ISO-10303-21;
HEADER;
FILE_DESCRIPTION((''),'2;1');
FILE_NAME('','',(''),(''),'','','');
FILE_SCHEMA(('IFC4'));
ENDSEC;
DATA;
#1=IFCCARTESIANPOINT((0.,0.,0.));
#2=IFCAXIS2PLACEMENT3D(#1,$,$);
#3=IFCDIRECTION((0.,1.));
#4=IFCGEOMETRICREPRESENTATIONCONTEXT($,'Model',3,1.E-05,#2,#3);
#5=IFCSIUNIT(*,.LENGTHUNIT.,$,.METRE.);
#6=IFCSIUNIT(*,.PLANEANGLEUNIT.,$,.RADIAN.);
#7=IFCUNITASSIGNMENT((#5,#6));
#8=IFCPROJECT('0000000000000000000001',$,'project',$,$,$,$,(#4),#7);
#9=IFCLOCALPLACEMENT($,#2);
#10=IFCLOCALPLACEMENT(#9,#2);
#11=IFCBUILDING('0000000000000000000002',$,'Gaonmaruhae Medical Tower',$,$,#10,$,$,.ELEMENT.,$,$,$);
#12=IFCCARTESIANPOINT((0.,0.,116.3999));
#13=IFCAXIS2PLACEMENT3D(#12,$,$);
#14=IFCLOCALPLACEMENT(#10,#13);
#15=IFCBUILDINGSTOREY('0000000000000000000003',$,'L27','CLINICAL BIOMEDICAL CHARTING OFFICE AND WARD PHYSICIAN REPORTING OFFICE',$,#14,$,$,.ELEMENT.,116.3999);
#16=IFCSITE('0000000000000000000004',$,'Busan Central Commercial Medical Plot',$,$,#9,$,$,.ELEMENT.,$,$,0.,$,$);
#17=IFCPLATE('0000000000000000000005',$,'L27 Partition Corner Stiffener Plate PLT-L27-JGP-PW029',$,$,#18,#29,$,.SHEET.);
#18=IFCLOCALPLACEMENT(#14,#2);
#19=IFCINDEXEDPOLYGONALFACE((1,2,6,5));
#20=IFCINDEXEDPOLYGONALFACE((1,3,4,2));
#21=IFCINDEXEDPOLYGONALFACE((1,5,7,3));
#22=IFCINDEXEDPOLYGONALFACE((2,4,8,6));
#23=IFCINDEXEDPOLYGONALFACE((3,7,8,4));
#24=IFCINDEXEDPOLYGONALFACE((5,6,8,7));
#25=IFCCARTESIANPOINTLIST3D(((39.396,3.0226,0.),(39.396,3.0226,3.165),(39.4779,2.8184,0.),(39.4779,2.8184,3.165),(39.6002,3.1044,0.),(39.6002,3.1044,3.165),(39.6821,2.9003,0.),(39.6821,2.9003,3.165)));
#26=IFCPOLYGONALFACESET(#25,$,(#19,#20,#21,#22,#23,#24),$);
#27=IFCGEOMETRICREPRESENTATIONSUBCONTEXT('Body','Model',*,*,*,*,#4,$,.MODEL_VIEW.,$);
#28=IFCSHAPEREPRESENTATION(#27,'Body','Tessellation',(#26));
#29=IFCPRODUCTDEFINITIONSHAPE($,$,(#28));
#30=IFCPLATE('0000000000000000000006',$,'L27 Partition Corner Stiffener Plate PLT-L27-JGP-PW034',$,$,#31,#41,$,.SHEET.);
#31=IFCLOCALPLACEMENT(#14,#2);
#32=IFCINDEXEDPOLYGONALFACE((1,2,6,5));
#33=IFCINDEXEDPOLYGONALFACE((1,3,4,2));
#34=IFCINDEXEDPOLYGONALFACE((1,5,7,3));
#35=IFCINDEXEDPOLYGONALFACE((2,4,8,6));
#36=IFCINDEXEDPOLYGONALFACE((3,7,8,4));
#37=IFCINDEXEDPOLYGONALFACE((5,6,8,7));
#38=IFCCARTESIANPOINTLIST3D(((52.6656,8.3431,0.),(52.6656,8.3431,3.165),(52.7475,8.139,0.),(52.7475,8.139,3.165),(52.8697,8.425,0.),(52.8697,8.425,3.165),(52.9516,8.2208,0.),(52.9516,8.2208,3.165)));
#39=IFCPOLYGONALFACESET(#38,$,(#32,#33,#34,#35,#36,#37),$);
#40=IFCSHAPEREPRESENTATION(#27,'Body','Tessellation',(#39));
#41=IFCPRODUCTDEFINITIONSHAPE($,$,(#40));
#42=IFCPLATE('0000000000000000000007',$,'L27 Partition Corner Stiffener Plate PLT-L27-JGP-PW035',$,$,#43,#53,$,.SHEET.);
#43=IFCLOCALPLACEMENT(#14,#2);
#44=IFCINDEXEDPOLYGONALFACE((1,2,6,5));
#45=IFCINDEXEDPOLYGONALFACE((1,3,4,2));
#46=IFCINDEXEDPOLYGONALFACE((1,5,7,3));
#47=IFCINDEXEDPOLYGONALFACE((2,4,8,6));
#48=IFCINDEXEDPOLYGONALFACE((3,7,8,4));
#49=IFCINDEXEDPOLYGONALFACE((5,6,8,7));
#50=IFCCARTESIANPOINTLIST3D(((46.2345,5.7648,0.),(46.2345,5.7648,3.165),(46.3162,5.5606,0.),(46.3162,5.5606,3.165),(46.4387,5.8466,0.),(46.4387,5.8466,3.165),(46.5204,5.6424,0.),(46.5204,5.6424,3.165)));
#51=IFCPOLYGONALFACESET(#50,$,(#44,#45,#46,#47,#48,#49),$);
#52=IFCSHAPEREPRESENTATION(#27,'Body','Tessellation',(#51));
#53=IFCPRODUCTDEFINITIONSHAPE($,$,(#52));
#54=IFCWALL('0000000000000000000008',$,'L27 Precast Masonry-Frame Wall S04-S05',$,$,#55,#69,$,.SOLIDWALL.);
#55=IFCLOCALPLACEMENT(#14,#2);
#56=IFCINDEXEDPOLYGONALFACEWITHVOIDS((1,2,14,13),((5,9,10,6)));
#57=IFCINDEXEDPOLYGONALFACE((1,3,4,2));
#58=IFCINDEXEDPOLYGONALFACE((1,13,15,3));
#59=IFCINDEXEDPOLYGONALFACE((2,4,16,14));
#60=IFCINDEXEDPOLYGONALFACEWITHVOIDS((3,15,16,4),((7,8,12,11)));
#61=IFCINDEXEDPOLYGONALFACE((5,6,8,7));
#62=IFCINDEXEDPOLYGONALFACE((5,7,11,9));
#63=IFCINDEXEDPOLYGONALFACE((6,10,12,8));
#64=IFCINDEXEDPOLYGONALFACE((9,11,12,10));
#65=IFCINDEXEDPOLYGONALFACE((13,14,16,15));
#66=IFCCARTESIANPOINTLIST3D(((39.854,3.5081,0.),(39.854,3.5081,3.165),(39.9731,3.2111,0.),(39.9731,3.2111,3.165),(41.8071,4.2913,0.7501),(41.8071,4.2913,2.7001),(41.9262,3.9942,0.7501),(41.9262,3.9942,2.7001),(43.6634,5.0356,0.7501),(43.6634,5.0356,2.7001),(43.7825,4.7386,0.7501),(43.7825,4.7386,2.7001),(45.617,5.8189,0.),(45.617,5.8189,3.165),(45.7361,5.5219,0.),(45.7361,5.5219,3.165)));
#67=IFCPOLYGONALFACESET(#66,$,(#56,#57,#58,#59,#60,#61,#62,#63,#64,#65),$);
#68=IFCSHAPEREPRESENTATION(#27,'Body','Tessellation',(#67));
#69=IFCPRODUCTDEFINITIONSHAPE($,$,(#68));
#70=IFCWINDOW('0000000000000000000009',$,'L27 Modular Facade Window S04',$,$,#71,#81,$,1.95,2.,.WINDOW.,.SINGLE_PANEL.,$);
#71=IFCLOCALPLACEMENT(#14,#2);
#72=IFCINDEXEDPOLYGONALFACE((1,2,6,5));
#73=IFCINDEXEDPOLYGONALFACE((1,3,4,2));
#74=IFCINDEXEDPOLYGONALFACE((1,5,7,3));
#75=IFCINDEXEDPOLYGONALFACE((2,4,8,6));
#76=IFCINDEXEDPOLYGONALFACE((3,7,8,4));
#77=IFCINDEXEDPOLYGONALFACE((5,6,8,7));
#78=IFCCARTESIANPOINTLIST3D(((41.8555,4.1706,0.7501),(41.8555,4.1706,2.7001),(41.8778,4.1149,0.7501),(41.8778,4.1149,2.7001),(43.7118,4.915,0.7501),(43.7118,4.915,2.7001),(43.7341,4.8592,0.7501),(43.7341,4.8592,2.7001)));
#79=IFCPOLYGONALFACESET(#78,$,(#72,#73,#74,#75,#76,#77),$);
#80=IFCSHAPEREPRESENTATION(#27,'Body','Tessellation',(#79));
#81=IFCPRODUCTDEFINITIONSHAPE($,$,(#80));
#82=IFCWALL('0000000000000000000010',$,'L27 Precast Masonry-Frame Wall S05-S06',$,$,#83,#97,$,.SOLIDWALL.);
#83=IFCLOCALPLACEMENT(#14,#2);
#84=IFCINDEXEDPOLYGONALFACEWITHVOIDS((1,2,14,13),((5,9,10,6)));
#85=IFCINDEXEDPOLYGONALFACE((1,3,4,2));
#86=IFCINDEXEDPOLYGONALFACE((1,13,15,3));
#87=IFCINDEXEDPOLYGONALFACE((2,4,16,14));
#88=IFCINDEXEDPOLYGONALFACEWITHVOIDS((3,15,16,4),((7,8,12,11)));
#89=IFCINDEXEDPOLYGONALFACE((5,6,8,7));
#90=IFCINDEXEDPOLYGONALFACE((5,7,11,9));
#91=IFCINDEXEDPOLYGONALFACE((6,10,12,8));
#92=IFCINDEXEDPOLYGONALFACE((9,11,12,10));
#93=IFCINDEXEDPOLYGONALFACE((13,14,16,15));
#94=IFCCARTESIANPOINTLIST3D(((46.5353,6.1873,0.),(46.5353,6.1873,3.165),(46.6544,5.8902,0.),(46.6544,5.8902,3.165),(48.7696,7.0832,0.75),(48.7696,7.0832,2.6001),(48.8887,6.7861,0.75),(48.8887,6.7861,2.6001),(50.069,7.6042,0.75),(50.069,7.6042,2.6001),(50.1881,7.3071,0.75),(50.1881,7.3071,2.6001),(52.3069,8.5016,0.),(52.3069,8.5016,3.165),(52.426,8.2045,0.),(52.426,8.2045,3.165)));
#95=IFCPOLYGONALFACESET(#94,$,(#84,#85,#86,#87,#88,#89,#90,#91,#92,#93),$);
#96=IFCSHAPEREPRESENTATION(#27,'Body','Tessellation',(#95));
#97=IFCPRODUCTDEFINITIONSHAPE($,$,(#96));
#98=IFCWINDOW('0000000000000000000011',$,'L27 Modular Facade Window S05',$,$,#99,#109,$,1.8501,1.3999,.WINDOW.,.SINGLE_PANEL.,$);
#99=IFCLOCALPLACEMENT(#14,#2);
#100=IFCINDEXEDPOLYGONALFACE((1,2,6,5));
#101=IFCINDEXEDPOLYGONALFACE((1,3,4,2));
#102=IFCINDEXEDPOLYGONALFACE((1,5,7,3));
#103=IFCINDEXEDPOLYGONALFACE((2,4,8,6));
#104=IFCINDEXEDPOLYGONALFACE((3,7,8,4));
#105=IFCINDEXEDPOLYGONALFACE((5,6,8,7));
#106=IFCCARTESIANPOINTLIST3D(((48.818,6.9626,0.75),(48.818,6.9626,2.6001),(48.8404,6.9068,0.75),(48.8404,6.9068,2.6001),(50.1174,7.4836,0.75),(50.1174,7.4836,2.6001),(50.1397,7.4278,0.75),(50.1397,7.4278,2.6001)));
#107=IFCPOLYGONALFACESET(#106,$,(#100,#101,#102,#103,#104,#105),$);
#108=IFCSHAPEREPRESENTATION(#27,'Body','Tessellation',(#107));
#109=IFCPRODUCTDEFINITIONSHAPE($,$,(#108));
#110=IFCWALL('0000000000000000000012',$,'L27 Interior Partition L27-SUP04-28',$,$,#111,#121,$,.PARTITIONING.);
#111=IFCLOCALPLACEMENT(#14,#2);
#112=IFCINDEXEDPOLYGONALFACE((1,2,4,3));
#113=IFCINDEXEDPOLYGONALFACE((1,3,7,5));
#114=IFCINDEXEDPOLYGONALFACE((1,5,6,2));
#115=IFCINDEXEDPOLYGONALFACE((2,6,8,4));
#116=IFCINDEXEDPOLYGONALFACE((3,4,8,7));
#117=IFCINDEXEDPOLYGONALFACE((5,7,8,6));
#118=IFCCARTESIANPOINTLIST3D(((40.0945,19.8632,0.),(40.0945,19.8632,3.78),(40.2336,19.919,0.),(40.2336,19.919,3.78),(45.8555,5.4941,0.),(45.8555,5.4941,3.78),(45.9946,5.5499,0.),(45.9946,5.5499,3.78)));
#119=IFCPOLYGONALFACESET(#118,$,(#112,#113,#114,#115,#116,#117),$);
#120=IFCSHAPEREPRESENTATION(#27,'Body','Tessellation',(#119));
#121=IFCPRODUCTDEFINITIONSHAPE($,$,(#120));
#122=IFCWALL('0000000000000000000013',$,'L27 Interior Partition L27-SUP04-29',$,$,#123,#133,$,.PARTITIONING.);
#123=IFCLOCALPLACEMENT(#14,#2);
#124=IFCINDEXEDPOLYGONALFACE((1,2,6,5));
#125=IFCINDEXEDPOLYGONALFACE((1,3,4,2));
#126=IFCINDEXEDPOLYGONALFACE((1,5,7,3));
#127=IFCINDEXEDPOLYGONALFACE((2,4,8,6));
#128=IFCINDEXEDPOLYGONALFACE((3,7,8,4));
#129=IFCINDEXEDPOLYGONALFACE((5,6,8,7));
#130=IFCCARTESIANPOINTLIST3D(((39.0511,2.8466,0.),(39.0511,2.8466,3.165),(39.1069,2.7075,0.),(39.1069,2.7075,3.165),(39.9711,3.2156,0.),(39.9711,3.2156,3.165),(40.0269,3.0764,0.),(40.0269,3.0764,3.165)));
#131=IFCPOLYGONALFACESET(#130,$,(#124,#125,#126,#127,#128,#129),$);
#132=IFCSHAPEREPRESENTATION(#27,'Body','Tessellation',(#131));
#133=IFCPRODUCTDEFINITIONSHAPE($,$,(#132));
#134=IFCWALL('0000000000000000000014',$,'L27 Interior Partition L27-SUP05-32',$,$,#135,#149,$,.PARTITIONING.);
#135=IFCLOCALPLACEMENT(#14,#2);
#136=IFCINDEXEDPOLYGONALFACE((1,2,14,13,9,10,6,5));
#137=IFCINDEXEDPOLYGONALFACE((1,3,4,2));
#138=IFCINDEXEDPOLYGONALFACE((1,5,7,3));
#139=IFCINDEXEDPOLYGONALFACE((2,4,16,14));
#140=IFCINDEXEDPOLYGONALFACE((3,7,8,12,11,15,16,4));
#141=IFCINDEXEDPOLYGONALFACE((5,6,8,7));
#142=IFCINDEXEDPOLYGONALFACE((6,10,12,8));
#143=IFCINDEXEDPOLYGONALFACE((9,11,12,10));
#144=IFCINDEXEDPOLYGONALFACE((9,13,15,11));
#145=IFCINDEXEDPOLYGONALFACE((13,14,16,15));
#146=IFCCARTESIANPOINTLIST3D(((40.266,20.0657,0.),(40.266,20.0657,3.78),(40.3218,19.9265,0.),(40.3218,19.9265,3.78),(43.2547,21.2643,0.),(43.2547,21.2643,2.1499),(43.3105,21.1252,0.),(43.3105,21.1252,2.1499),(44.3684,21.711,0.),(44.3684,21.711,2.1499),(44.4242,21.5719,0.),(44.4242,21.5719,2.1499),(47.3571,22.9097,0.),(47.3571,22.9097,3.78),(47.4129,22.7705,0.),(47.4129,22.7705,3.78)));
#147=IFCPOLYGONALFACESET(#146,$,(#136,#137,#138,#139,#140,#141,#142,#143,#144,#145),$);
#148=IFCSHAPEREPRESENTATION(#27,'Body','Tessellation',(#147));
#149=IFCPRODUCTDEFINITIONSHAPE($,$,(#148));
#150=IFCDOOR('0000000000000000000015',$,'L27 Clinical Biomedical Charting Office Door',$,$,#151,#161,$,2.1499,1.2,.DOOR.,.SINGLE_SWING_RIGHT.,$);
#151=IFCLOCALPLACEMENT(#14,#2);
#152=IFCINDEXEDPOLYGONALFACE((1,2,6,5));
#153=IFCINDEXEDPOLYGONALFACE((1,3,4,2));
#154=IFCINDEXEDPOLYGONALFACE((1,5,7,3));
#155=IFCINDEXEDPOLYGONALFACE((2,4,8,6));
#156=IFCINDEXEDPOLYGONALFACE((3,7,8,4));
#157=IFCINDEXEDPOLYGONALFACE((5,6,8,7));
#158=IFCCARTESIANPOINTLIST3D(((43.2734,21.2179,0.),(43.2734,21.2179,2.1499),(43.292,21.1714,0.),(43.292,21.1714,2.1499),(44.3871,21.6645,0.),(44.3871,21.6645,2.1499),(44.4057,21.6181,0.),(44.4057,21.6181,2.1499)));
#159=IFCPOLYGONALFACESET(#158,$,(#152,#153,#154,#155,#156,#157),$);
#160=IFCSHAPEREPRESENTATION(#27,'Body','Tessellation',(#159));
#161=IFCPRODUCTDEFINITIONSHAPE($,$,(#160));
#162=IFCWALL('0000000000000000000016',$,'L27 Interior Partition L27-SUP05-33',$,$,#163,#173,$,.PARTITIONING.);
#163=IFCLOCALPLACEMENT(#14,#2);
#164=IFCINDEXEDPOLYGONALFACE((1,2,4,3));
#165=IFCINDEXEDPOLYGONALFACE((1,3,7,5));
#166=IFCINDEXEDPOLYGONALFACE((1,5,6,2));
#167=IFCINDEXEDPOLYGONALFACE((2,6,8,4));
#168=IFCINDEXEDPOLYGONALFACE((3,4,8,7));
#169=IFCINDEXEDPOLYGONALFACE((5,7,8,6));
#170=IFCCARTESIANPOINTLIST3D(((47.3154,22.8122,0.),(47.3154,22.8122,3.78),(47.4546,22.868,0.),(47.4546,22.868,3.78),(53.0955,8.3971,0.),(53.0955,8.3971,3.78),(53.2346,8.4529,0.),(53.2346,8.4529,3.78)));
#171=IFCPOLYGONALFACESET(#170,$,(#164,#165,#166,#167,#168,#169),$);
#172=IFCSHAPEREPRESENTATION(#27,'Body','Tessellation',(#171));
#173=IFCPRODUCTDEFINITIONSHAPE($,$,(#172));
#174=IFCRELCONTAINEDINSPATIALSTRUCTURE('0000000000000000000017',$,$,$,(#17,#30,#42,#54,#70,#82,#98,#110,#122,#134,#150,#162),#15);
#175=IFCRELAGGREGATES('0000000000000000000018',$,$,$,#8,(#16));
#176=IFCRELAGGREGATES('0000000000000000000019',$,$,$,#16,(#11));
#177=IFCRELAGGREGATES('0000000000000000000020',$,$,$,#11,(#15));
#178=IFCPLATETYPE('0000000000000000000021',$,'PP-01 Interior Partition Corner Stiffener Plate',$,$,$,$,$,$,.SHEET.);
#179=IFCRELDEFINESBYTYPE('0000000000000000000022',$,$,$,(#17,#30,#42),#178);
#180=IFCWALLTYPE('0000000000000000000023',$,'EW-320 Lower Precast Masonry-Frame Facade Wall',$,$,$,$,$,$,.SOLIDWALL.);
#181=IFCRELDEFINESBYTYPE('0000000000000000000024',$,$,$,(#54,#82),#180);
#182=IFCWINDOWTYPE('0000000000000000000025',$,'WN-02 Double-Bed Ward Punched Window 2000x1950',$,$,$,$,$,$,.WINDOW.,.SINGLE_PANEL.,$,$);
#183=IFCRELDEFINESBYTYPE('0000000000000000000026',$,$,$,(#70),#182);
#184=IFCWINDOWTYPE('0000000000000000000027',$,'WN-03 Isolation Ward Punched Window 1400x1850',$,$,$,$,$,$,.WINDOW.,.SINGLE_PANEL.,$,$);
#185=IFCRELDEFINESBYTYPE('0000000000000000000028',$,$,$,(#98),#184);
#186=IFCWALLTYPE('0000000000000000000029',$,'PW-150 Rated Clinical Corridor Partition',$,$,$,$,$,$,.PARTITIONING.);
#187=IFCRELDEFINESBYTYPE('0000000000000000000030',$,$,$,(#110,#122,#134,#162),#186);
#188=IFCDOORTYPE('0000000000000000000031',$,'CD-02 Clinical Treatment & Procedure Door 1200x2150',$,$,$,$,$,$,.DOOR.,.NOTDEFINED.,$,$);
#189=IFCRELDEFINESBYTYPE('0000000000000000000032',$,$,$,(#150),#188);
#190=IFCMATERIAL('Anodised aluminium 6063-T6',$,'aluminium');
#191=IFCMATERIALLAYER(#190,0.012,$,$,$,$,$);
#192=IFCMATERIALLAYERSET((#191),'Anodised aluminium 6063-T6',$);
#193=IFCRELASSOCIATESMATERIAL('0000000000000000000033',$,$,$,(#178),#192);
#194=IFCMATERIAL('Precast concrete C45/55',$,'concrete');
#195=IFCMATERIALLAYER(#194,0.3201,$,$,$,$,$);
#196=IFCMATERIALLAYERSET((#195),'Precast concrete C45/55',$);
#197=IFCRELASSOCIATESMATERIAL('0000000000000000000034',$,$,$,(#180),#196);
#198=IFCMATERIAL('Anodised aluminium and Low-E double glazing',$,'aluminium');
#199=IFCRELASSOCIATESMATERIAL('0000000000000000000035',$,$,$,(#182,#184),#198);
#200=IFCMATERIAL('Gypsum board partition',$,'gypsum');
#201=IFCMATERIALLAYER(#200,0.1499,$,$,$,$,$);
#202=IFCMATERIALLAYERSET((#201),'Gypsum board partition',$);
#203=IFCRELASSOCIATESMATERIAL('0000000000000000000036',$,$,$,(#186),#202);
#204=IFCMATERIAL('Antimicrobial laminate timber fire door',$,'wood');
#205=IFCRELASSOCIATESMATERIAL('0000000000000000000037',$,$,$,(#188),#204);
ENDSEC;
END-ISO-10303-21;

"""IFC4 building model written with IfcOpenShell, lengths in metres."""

from ifc_helpers import new_model, si_unit, direction, frame, frame_2d, origin, origin_2d, place, context, subcontext, project, spatial, rectangle, extrude, material, layer, layer_set, type_object, element, fill, save


model = new_model("IFC4")

# Units and contexts
model_context = context("Model", 3, precision=1e-05, world=origin(), true_north=direction((0.0, 1.0)))
body_context = subcontext(model_context, "Body", "Model", "MODEL_VIEW")
ifc_project = project(units=[si_unit("LENGTHUNIT", "METRE"), si_unit("PLANEANGLEUNIT", "RADIAN")], contexts=[model_context])

# Site, building, storey
site_placement = place(None, origin())
site = spatial("IfcSite", under=ifc_project, at=site_placement, Name="Busan Central Commercial Medical Plot", CompositionType="ELEMENT", RefElevation=0.0)
building_placement = place(site_placement, origin())
building = spatial("IfcBuilding", under=site, at=building_placement, Name="Gaonmaruhae Medical Tower", CompositionType="ELEMENT")
storey_placement = place(building_placement, frame((0.0, 0.0, 116.3999)))
storey = spatial("IfcBuildingStorey", under=building, at=storey_placement, Name="L27", Description="CLINICAL BIOMEDICAL CHARTING OFFICE AND WARD PHYSICIAN REPORTING OFFICE", CompositionType="ELEMENT", Elevation=116.3999)

# Plates
ifc_material_1 = material(Name="Anodised aluminium 6063-T6", Category="aluminium")
ifc_layer_1 = layer(ifc_material_1, 0.012)
ifc_layer_set_1 = layer_set([ifc_layer_1], Name="Anodised aluminium 6063-T6")
plate_type = type_object("IfcPlateType", Name="PP-01 Interior Partition Corner Stiffener Plate", PredefinedType="SHEET", material=ifc_layer_set_1)
for number, where, z_axis, x_axis, name in (
    (1, (39.5391, 2.9614, 0.0), (0.0, 0.0, 1.0), (-0.928129, -0.372259, 0.0), "L27 Partition Corner Stiffener Plate PLT-L27-JGP-PW029"),
    (2, (52.8086, 8.282, 0.0), (0.0, 0.0, 1.0), (-0.928116, -0.372291, 0.0), "L27 Partition Corner Stiffener Plate PLT-L27-JGP-PW034"),
    (3, (46.3774, 5.7036, 0.0), (0.0, 0.0, 1.0), (-0.928369, -0.37166, 0.0), "L27 Partition Corner Stiffener Plate PLT-L27-JGP-PW035"),
):
    element("IfcPlate", number, at=place(storey_placement, frame(where, z_axis=z_axis, x_axis=x_axis)), inside=storey, type_object=plate_type, Name=name, PredefinedType="SHEET", context=body_context, shape_type="SweptSolid", body=[
        extrude(rectangle(XDim=0.22, YDim=0.22, at=origin_2d()), origin(), (0.0, 0.0, 1.0), 3.165),
    ])

# Walls, openings, windows
ifc_material_2 = material(Name="Precast concrete C45/55", Category="concrete")
ifc_layer_2 = layer(ifc_material_2, 0.3201)
ifc_layer_set_2 = layer_set([ifc_layer_2], Name="Precast concrete C45/55")
wall_type_1 = type_object("IfcWallType", Name="EW-320 Lower Precast Masonry-Frame Facade Wall", PredefinedType="SOLIDWALL", material=ifc_layer_set_2)
wall_1_placement = place(storey_placement, frame((45.6765, 5.6704, 0.0), z_axis=(0.0, 0.0, 1.0), x_axis=(-0.928165, -0.37217, 0.0)))
wall_1 = element("IfcWall", 4, at=wall_1_placement, inside=storey, type_object=wall_type_1, Name="L27 Precast Masonry-Frame Wall S04-S05", PredefinedType="SOLIDWALL", context=body_context, shape_type="SweptSolid", body=[
    extrude(rectangle(XDim=6.209, YDim=0.3201, at=frame_2d((3.1045, 0.0))), origin(), (0.0, 0.0, 1.0), 3.165),
])
opening_1_placement = place(wall_1_placement, frame((2.1047, 0.0, 0.75)))
opening_1 = element("IfcOpeningElement", 5, at=opening_1_placement, cuts=wall_1, PredefinedType="OPENING", context=body_context, shape_type="SweptSolid", body=[
    extrude(rectangle(XDim=2.0, YDim=1.95, at=frame_2d((1.0, 0.9751))), frame((0.0, 0.1699, 0.0), z_axis=(0.0, -1.0, 0.0), x_axis=(1.0, 0.0, 0.0)), (0.0, 0.0, 1.0), 0.3401),
])
ifc_material_3 = material(Name="Anodised aluminium and Low-E double glazing", Category="aluminium")
window_type_1 = type_object("IfcWindowType", Name="WN-02 Double-Bed Ward Punched Window 2000x1950", PartitioningType="SINGLE_PANEL", PredefinedType="WINDOW", material=ifc_material_3)
window_1_placement = place(opening_1_placement, origin())
window_1 = element("IfcWindow", 6, at=window_1_placement, inside=storey, type_object=window_type_1, Name="L27 Modular Facade Window S04", OverallHeight=1.95, OverallWidth=2.0, PartitioningType="SINGLE_PANEL", PredefinedType="WINDOW", context=body_context, shape_type="SweptSolid", body=[
    extrude(rectangle(XDim=2.0, YDim=1.95, at=frame_2d((1.0, 0.9751))), frame((0.0, 0.03, 0.0), z_axis=(0.0, -1.0, 0.0), x_axis=(1.0, 0.0, 0.0)), (0.0, 0.0, 1.0), 0.0601),
])
fill(opening_1, window_1)
wall_2_placement = place(storey_placement, frame((52.3665, 8.353, 0.0), z_axis=(0.0, 0.0, 1.0), x_axis=(-0.928165, -0.372169, 0.0)))
wall_2 = element("IfcWall", 7, at=wall_2_placement, inside=storey, type_object=wall_type_1, Name="L27 Precast Masonry-Frame Wall S05-S06", PredefinedType="SOLIDWALL", context=body_context, shape_type="SweptSolid", body=[
    extrude(rectangle(XDim=6.2183, YDim=0.3201, at=frame_2d((3.1091, 0.0))), origin(), (0.0, 0.0, 1.0), 3.165),
])
opening_2_placement = place(wall_2_placement, frame((2.4111, 0.0, 0.75)))
opening_2 = element("IfcOpeningElement", 8, at=opening_2_placement, cuts=wall_2, PredefinedType="OPENING", context=body_context, shape_type="SweptSolid", body=[
    extrude(rectangle(XDim=1.3999, YDim=1.8501, at=frame_2d((0.7, 0.925))), frame((0.0, 0.1699, 0.0), z_axis=(0.0, -1.0, 0.0), x_axis=(1.0, 0.0, 0.0)), (0.0, 0.0, 1.0), 0.3401),
])
window_type_2 = type_object("IfcWindowType", Name="WN-03 Isolation Ward Punched Window 1400x1850", PartitioningType="SINGLE_PANEL", PredefinedType="WINDOW", material=ifc_material_3)
window_2_placement = place(opening_2_placement, origin())
window_2 = element("IfcWindow", 9, at=window_2_placement, inside=storey, type_object=window_type_2, Name="L27 Modular Facade Window S05", OverallHeight=1.8501, OverallWidth=1.3999, PartitioningType="SINGLE_PANEL", PredefinedType="WINDOW", context=body_context, shape_type="SweptSolid", body=[
    extrude(rectangle(XDim=1.3999, YDim=1.8501, at=frame_2d((0.7, 0.925))), frame((0.0, 0.03, 0.0), z_axis=(0.0, -1.0, 0.0), x_axis=(1.0, 0.0, 0.0)), (0.0, 0.0, 1.0), 0.0601),
])
fill(opening_2, window_2)

# Walls
ifc_material_4 = material(Name="Gypsum board partition", Category="gypsum")
ifc_layer_3 = layer(ifc_material_4, 0.1499)
ifc_layer_set_3 = layer_set([ifc_layer_3], Name="Gypsum board partition")
wall_type_2 = type_object("IfcWallType", Name="PW-150 Rated Clinical Corridor Partition", PredefinedType="PARTITIONING", material=ifc_layer_set_3)
wall_3_placement = place(storey_placement, frame((40.1641, 19.8911, 0.0), z_axis=(0.0, 0.0, 1.0), x_axis=(0.372133, -0.928179, 0.0)))
element("IfcWall", 10, at=wall_3_placement, inside=storey, type_object=wall_type_2, Name="L27 Interior Partition L27-SUP04-28", PredefinedType="PARTITIONING", context=body_context, shape_type="SweptSolid", body=[
    extrude(rectangle(XDim=15.481, YDim=0.1499, at=frame_2d((7.7405, 0.0))), origin(), (0.0, 0.0, 1.0), 3.78),
])
wall_4_placement = place(storey_placement, frame((39.999, 3.146, 0.0), z_axis=(0.0, 0.0, 1.0), x_axis=(-0.928154, -0.372197, 0.0)))
element("IfcWall", 11, at=wall_4_placement, inside=storey, type_object=wall_type_2, Name="L27 Interior Partition L27-SUP04-29", PredefinedType="PARTITIONING", context=body_context, shape_type="SweptSolid", body=[
    extrude(rectangle(XDim=0.9912, YDim=0.1499, at=frame_2d((0.4956, 0.0))), origin(), (0.0, 0.0, 1.0), 3.165),
])

# Wall, opening, door
wall_5_placement = place(storey_placement, frame((40.2939, 19.9961, 0.0), z_axis=(0.0, 0.0, 1.0), x_axis=(0.928135, 0.372244, 0.0)))
wall_5 = element("IfcWall", 12, at=wall_5_placement, inside=storey, type_object=wall_type_2, Name="L27 Interior Partition L27-SUP05-32", PredefinedType="PARTITIONING", context=body_context, shape_type="SweptSolid", body=[
    extrude(rectangle(XDim=7.6401, YDim=0.1499, at=frame_2d((3.8201, 0.0))), origin(), (0.0, 0.0, 1.0), 3.78),
])
opening_3_placement = place(wall_5_placement, frame((3.22, 0.0, 0.0)))
opening_3 = element("IfcOpeningElement", 13, at=opening_3_placement, cuts=wall_5, PredefinedType="OPENING", context=body_context, shape_type="SweptSolid", body=[
    extrude(rectangle(XDim=1.2, YDim=2.1499, at=frame_2d((0.6001, 1.075))), frame((0.0, 0.085, 0.0), z_axis=(0.0, -1.0, 0.0), x_axis=(1.0, 0.0, 0.0)), (0.0, 0.0, 1.0), 0.1699),
])
ifc_material_5 = material(Name="Antimicrobial laminate timber fire door", Category="wood")
door_type = type_object("IfcDoorType", Name="CD-02 Clinical Treatment & Procedure Door 1200x2150", OperationType="NOTDEFINED", PredefinedType="DOOR", material=ifc_material_5)
door_1_placement = place(opening_3_placement, origin())
door_1 = element("IfcDoor", 14, at=door_1_placement, inside=storey, type_object=door_type, Name="L27 Clinical Biomedical Charting Office Door", OperationType="SINGLE_SWING_RIGHT", OverallHeight=2.1499, OverallWidth=1.2, PredefinedType="DOOR", context=body_context, shape_type="SweptSolid", body=[
    extrude(rectangle(XDim=1.2, YDim=2.1499, at=frame_2d((0.6001, 1.075))), frame((0.0, 0.0249, 0.0), z_axis=(0.0, -1.0, 0.0), x_axis=(1.0, 0.0, 0.0)), (0.0, 0.0, 1.0), 0.05),
])
fill(opening_3, door_1)

# Wall
wall_6_placement = place(storey_placement, frame((47.385, 22.8401, 0.0), z_axis=(0.0, 0.0, 1.0), x_axis=(0.372168, -0.928165, 0.0)))
element("IfcWall", 15, at=wall_6_placement, inside=storey, type_object=wall_type_2, Name="L27 Interior Partition L27-SUP05-33", PredefinedType="PARTITIONING", context=body_context, shape_type="SweptSolid", body=[
    extrude(rectangle(XDim=15.5308, YDim=0.1499, at=frame_2d((7.7654, 0.0))), origin(), (0.0, 0.0, 1.0), 3.78),
])

save(model, "model.ifc")
